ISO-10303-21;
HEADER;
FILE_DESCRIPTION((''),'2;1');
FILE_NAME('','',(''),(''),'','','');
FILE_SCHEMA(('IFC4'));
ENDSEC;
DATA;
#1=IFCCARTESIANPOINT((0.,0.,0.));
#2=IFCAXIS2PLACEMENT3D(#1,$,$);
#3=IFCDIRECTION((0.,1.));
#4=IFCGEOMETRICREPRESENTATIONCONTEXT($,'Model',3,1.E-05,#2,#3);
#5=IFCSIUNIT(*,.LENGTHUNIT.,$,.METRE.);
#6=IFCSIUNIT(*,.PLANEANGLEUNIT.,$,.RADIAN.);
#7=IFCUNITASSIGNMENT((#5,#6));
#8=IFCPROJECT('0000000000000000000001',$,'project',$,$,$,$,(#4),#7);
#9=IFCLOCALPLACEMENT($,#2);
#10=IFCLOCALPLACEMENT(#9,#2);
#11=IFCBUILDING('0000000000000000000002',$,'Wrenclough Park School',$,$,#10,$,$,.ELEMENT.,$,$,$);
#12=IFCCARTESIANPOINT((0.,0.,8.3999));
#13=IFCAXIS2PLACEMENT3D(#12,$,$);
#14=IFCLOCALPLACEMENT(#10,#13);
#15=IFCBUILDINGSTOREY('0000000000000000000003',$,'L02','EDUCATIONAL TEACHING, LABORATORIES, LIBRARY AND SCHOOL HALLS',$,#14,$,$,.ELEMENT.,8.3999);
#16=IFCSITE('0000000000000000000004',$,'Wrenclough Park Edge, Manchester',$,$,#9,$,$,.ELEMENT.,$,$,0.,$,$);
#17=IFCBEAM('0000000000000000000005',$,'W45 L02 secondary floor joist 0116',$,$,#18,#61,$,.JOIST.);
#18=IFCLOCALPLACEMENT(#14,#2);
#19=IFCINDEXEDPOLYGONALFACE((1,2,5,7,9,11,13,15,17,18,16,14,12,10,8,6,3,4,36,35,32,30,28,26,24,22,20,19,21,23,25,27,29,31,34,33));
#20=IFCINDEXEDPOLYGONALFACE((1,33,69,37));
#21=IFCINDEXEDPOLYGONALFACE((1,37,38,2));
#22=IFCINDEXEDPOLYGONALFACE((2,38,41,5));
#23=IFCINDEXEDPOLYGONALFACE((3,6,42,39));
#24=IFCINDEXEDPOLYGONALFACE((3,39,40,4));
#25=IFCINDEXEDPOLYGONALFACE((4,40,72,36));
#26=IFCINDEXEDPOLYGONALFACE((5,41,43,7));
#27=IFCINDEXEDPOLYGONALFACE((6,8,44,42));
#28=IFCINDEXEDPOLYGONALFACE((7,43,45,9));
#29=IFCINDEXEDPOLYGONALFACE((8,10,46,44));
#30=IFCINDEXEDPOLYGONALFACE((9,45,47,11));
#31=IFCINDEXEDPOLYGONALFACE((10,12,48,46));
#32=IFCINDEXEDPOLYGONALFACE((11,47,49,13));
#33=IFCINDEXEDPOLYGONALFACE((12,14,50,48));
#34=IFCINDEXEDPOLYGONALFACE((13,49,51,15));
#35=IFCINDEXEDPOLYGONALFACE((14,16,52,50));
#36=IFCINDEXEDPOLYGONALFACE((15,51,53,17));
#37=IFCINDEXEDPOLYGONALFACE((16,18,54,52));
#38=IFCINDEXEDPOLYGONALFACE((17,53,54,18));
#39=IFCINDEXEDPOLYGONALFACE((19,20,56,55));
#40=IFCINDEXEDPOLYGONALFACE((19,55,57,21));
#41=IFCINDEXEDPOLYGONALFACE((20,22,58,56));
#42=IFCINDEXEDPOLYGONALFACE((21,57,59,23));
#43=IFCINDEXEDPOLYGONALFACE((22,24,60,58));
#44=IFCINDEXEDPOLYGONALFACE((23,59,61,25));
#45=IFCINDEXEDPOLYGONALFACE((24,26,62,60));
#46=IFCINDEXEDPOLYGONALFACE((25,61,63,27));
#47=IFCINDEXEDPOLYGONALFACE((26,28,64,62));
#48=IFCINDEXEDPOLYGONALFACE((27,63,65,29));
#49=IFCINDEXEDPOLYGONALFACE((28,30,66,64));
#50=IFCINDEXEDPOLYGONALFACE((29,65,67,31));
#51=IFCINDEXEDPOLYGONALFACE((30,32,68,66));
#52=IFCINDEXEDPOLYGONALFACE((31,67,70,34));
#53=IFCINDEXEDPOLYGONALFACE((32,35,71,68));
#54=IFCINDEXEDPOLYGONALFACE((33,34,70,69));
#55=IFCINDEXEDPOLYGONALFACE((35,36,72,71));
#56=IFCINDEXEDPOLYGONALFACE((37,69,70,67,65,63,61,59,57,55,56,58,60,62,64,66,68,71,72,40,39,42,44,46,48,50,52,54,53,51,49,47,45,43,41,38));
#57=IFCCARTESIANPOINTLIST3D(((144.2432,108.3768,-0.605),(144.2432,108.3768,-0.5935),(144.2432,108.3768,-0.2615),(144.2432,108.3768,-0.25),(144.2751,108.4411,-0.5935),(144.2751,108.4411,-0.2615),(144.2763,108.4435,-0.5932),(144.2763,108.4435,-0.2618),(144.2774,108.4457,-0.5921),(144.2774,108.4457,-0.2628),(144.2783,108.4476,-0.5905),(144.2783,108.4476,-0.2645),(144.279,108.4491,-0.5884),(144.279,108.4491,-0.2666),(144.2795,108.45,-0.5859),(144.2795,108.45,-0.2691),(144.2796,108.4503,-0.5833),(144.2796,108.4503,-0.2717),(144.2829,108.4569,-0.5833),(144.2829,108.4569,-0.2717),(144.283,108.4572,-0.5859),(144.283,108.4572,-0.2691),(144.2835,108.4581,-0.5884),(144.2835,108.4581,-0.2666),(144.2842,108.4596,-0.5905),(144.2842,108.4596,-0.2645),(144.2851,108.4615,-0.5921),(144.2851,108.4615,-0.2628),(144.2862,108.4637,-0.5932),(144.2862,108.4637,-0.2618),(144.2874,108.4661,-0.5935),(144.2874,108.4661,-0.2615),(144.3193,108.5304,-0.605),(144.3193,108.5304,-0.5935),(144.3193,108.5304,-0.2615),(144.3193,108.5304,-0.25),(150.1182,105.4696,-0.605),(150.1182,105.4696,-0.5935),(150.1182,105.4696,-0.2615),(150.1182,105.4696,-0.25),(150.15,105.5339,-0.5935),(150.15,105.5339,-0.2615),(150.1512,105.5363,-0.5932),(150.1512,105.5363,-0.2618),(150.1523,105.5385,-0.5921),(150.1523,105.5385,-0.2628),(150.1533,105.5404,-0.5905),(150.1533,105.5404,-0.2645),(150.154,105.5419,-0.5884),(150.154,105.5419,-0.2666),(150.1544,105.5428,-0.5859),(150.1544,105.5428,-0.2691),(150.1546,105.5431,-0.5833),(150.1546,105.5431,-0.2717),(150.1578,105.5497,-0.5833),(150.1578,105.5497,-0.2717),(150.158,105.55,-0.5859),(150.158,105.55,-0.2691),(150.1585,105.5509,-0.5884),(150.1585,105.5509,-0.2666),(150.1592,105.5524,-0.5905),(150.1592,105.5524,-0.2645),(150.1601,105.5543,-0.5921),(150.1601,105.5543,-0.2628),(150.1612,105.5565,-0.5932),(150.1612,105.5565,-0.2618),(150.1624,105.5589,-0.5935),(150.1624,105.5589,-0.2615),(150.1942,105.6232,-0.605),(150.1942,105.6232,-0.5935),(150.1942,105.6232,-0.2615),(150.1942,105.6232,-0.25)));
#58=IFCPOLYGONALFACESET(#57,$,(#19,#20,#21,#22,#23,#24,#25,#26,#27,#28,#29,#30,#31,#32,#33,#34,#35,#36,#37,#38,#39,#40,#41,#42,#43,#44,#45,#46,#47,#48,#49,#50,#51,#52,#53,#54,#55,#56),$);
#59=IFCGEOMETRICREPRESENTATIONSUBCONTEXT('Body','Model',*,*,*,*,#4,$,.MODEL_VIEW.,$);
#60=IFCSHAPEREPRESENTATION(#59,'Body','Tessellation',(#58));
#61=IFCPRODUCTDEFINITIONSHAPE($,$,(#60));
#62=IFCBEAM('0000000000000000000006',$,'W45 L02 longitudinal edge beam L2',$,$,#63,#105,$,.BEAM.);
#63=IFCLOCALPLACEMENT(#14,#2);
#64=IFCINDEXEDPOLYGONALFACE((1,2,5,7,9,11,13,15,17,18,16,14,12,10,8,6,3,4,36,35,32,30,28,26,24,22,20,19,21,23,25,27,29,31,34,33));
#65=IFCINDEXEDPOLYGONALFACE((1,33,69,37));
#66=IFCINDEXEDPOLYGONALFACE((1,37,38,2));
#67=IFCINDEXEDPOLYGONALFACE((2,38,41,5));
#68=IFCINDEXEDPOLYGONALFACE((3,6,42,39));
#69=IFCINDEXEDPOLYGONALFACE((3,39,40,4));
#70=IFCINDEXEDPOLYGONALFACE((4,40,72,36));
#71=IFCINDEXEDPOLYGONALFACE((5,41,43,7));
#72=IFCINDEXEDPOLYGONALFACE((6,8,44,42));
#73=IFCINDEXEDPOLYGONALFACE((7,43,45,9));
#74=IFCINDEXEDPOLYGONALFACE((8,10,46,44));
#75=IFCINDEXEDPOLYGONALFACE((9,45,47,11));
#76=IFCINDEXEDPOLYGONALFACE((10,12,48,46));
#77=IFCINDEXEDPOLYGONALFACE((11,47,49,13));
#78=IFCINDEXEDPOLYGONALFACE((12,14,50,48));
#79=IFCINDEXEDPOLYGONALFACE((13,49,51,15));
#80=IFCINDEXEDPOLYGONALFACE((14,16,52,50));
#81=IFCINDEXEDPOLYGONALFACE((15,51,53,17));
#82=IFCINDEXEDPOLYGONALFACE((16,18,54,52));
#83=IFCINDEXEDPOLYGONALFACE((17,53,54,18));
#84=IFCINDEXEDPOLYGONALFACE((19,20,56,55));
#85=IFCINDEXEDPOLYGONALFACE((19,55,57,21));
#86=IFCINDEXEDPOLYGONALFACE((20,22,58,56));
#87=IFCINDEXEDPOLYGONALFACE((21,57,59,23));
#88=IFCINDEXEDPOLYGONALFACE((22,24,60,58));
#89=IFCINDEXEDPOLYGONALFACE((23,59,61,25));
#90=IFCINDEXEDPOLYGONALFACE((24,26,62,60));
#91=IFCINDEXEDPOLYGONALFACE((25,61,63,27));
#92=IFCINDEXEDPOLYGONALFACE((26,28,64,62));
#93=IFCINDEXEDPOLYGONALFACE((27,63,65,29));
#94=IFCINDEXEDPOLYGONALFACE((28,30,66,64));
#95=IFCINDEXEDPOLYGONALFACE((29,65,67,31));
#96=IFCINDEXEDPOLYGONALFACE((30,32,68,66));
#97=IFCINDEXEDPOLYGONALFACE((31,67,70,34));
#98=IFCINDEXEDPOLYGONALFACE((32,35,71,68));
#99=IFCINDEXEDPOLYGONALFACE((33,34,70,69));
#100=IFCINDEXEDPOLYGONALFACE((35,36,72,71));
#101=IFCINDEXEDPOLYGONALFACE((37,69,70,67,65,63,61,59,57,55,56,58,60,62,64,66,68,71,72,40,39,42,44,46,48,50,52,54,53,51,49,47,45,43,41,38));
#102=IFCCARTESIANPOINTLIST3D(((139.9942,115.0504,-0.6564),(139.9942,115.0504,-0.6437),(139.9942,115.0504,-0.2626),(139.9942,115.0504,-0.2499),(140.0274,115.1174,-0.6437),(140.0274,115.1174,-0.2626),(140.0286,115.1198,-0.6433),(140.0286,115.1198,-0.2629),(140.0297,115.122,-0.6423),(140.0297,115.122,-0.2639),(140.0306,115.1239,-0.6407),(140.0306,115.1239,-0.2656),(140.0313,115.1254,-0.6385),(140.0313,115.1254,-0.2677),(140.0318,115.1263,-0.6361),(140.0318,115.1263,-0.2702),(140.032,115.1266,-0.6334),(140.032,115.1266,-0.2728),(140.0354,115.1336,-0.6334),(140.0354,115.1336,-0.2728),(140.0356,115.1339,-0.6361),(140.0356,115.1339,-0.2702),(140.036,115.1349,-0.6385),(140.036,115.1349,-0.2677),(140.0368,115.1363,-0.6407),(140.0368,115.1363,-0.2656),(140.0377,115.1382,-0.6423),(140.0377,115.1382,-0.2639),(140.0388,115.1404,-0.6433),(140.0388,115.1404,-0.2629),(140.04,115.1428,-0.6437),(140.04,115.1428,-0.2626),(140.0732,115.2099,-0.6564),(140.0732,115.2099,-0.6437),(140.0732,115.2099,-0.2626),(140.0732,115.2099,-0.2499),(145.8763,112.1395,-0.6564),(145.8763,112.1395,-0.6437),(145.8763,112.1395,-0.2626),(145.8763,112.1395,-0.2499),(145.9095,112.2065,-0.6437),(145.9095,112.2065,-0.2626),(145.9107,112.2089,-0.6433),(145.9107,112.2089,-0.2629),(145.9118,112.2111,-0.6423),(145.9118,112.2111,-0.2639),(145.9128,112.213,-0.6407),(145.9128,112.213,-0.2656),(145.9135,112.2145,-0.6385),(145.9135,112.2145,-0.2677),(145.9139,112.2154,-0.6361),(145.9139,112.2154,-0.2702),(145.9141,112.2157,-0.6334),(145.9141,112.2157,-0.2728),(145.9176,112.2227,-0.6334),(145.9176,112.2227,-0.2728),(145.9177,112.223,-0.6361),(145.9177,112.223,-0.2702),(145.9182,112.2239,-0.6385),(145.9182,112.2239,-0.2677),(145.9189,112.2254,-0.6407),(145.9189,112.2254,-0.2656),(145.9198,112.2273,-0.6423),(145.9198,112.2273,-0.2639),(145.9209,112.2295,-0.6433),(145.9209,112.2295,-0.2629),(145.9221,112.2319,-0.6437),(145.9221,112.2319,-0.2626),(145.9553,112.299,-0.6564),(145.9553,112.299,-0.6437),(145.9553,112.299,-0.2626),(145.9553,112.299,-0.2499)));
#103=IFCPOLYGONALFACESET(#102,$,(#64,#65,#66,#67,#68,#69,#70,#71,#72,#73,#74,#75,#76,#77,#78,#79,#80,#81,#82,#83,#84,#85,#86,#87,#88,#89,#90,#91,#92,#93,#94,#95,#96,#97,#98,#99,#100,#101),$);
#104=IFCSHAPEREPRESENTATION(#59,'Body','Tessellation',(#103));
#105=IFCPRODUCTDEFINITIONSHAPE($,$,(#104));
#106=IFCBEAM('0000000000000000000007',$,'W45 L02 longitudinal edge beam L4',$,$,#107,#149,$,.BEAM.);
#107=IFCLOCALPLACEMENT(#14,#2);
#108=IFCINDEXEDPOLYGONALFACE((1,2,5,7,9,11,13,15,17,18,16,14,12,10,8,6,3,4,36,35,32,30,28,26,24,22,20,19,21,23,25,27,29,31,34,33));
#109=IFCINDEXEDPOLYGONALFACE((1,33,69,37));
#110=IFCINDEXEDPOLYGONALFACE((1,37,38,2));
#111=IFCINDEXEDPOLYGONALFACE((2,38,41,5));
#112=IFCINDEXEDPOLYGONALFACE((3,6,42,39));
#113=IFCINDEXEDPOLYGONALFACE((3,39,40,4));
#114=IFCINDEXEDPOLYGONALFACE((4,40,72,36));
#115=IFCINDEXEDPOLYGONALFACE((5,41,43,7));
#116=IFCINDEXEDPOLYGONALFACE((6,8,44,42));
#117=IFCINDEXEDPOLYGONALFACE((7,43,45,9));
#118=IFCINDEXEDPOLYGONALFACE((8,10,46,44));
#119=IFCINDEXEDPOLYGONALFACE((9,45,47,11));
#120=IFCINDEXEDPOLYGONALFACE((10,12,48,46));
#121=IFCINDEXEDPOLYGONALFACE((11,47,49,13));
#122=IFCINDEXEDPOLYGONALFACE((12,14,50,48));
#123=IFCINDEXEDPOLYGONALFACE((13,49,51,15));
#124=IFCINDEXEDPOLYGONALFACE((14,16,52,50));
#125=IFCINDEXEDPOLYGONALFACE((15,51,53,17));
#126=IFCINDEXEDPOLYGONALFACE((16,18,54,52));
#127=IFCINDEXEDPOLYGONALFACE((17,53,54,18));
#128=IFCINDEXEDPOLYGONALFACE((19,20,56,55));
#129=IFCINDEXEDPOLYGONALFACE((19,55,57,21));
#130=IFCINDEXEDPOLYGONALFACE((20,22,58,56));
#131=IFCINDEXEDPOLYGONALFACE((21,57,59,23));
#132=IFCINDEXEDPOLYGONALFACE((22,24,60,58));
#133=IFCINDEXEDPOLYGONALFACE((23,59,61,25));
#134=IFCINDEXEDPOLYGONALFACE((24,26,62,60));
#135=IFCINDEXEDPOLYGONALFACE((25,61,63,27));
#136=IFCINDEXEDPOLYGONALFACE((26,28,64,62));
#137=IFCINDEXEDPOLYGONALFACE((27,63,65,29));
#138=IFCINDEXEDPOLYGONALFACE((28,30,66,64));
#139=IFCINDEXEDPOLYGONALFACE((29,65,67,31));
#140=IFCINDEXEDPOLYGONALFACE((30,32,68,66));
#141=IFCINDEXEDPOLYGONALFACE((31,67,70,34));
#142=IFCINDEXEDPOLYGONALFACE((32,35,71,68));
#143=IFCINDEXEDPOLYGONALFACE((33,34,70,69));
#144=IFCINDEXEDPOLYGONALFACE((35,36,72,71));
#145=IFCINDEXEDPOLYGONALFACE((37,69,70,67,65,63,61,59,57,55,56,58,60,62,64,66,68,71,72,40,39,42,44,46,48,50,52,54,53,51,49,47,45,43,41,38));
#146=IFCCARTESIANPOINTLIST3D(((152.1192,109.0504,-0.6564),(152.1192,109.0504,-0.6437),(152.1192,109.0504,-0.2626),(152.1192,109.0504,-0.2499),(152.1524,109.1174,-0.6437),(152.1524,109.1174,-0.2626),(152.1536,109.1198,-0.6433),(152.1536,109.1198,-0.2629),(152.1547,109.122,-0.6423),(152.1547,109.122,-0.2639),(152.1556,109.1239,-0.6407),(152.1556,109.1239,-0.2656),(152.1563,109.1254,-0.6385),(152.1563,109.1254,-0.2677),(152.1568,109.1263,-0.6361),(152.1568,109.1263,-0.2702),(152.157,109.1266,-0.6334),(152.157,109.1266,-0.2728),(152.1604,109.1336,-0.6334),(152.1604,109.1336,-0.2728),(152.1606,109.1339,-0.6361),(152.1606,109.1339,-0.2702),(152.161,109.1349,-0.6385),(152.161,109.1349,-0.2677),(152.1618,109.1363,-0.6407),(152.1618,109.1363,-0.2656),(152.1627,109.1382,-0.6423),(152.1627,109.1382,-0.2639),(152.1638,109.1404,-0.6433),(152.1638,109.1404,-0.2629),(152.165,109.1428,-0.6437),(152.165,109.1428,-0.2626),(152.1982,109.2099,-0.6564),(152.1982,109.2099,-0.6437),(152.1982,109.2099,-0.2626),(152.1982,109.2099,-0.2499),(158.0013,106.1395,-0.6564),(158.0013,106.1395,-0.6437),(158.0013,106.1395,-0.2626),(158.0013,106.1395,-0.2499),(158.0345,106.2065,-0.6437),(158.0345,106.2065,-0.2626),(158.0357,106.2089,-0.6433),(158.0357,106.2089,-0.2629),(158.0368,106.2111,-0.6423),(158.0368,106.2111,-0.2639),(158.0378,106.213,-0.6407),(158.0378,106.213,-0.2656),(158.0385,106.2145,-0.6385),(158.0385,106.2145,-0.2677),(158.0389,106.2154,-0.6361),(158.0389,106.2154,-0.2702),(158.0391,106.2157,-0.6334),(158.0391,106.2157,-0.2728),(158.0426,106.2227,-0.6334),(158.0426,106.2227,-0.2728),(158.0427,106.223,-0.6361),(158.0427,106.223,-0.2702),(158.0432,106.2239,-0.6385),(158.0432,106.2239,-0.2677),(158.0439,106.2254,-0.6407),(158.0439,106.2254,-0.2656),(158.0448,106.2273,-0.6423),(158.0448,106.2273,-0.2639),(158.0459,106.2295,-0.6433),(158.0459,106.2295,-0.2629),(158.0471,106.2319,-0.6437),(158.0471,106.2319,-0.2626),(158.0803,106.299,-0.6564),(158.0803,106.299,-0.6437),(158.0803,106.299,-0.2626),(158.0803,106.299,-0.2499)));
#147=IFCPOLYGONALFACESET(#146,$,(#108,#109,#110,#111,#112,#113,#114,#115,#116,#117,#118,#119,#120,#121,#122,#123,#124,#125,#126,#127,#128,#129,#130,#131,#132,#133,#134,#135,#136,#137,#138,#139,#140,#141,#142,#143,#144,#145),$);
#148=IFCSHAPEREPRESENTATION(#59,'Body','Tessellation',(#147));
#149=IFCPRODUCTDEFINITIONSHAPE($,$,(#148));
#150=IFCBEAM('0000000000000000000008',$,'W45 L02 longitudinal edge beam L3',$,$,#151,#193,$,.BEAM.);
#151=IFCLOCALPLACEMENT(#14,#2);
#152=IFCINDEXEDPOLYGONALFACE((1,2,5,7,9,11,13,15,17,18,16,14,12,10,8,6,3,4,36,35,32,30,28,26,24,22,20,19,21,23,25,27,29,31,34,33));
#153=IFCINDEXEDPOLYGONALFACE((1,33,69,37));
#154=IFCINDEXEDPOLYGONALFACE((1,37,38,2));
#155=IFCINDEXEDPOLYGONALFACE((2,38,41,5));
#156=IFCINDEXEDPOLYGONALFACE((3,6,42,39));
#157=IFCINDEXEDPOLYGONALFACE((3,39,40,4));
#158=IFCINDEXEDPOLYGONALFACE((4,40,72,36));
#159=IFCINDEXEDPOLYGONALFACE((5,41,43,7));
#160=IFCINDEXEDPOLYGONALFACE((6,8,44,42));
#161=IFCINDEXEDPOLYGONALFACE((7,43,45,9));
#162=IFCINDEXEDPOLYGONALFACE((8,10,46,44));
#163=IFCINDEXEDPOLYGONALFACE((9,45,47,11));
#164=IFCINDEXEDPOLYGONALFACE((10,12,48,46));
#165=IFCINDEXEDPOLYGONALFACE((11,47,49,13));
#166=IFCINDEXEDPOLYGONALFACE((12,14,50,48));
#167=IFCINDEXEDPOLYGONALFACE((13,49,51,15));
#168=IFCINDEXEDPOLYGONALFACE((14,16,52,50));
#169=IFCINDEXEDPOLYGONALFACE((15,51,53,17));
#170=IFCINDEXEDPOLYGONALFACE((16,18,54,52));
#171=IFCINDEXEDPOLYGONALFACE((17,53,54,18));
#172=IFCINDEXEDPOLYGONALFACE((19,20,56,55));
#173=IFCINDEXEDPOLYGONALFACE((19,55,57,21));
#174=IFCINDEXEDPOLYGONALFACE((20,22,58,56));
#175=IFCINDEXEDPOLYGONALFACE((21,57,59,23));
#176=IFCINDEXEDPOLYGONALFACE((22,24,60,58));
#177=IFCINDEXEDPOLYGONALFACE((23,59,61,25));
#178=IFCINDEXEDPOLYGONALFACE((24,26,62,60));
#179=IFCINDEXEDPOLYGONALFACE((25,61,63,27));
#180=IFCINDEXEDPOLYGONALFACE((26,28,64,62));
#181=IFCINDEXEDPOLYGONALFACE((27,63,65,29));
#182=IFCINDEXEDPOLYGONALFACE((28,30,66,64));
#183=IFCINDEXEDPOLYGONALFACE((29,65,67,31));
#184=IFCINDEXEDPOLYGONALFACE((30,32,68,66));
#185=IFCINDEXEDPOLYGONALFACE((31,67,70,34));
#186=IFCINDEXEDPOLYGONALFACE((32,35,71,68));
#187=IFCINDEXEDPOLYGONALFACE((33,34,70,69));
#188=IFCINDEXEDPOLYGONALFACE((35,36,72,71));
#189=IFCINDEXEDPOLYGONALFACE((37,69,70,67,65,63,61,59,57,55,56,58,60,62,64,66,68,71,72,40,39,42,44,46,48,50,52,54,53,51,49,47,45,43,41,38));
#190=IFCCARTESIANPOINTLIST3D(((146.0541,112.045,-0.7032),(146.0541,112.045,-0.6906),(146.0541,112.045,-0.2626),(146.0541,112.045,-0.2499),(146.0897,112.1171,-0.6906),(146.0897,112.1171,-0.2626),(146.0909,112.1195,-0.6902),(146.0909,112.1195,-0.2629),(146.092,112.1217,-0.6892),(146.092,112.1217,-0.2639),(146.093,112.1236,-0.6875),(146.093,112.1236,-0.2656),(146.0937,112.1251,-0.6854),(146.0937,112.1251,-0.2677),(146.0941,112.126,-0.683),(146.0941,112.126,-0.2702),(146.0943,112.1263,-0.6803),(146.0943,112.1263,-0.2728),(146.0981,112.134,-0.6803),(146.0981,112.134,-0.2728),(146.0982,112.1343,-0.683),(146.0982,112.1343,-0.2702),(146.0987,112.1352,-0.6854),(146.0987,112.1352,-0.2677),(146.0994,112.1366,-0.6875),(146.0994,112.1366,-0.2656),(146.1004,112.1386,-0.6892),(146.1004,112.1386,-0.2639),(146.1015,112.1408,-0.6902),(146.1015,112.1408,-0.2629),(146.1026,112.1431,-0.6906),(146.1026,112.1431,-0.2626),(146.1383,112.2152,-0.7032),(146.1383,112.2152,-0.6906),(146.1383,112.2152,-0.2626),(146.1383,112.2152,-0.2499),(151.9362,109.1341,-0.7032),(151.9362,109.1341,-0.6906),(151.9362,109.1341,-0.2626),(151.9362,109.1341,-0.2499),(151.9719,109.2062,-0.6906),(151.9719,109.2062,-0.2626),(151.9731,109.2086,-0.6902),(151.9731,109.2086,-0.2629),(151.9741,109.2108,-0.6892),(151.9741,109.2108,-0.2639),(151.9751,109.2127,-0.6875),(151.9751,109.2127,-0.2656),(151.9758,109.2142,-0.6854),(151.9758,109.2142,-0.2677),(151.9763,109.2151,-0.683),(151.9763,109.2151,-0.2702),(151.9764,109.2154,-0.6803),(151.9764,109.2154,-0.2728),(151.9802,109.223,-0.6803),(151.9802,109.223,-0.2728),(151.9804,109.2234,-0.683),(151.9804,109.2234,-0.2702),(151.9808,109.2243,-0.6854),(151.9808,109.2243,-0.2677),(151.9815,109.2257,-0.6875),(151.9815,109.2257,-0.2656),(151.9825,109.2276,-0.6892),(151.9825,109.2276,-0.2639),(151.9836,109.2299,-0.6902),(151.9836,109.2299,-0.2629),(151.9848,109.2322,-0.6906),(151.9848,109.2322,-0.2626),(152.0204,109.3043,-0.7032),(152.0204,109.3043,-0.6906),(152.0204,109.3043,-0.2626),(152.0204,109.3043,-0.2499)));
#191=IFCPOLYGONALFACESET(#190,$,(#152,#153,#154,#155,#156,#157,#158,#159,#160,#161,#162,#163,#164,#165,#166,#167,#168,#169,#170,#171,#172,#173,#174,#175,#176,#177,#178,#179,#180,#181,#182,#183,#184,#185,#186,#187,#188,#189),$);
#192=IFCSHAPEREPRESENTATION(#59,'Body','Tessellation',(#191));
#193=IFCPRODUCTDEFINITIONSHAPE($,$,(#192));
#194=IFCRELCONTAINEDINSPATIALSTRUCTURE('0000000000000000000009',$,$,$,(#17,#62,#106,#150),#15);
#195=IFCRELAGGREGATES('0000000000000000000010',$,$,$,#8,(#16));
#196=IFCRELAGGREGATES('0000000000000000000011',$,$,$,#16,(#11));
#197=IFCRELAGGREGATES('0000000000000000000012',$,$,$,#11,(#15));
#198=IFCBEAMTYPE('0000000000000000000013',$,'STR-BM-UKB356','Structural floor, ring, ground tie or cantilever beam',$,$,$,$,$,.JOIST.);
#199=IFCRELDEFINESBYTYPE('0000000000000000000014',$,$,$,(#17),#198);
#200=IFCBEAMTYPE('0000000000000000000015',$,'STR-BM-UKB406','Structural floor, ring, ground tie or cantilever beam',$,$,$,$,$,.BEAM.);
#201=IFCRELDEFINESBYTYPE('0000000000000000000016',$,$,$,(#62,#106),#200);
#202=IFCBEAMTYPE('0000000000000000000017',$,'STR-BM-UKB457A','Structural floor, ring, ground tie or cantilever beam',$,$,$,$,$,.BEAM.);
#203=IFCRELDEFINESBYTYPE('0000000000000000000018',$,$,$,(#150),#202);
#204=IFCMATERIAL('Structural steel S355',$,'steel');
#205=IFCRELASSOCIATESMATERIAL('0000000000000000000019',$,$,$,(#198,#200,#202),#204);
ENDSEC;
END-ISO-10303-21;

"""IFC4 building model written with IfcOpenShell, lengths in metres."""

from ifc_helpers import new_model, si_unit, direction, frame, origin, origin_2d, place, context, subcontext, project, spatial, i_section, extrude, material, material_profile, profile_set, type_object, element, save


model = new_model("IFC4")

# Units and contexts
model_context = context("Model", 3, precision=1e-05, world=origin(), true_north=direction((0.0, 1.0)))
body_context = subcontext(model_context, "Body", "Model", "MODEL_VIEW")
ifc_project = project(units=[si_unit("LENGTHUNIT", "METRE"), si_unit("PLANEANGLEUNIT", "RADIAN")], contexts=[model_context])

# Site, building, storey
site_placement = place(None, origin())
site = spatial("IfcSite", under=ifc_project, at=site_placement, Name="Wrenclough Park Edge, Manchester", CompositionType="ELEMENT", RefElevation=0.0)
building_placement = place(site_placement, origin())
building = spatial("IfcBuilding", under=site, at=building_placement, Name="Wrenclough Park School", CompositionType="ELEMENT")
storey_placement = place(building_placement, frame((0.0, 0.0, 8.3999)))
storey = spatial("IfcBuildingStorey", under=building, at=storey_placement, Name="L02", Description="EDUCATIONAL TEACHING, LABORATORIES, LIBRARY AND SCHOOL HALLS", CompositionType="ELEMENT", Elevation=8.3999)

# Shared definitions
ifc_material_1 = material(Name="Structural steel S355", Category="steel")

# Beams
ifc_material_profile_1 = material_profile(ifc_material_1, i_section(OverallWidth=0.1714, OverallDepth=0.355, WebThickness=0.0073, FlangeThickness=0.0115, FilletRadius=0.0103, at=origin_2d()), Name="UKB 356x171x51")
ifc_profile_set_1 = profile_set([ifc_material_profile_1], Name="Structural steel S355")
beam_type_1 = type_object("IfcBeamType", Name="STR-BM-UKB356", Description="Structural floor, ring, ground tie or cantilever beam", PredefinedType="JOIST", material=ifc_profile_set_1)
beam_1_placement = place(storey_placement, frame((144.2812, 108.4536, -0.4275), z_axis=(0.896267, -0.443515, 0.0), x_axis=(0.443515, 0.896267, 0.0)))
element("IfcBeam", 1, at=beam_1_placement, inside=storey, type_object=beam_type_1, Name="W45 L02 secondary floor joist 0116", PredefinedType="JOIST", context=body_context, shape_type="SweptSolid", body=[
    extrude(i_section(OverallWidth=0.1714, OverallDepth=0.355, WebThickness=0.0073, FlangeThickness=0.0115, FilletRadius=0.0103, at=origin_2d()), origin(), (0.0, 0.0, 1.0), 6.5549),
])
ifc_material_profile_2 = material_profile(ifc_material_1, i_section(OverallWidth=0.178, OverallDepth=0.4065, WebThickness=0.0078, FlangeThickness=0.0127, FilletRadius=0.0103, at=origin_2d()), Name="UKB 406x178x60")
ifc_profile_set_2 = profile_set([ifc_material_profile_2], Name="Structural steel S355")
beam_type_2 = type_object("IfcBeamType", Name="STR-BM-UKB406", Description="Structural floor, ring, ground tie or cantilever beam", PredefinedType="BEAM", material=ifc_profile_set_2)
for number, where, z_axis, x_axis, name in (
    (2, (140.0337, 115.1301, -0.4531), (0.896257, -0.443534, 0.0), (0.443534, 0.896257, 0.0), "W45 L02 longitudinal edge beam L2"),
    (3, (152.1587, 109.1301, -0.4531), (0.896257, -0.443534, 0.0), (0.443534, 0.896257, 0.0), "W45 L02 longitudinal edge beam L4"),
):
    element("IfcBeam", number, at=place(storey_placement, frame(where, z_axis=z_axis, x_axis=x_axis)), inside=storey, type_object=beam_type_2, Name=name, PredefinedType="BEAM", context=body_context, shape_type="SweptSolid", body=[
        extrude(i_section(OverallWidth=0.178, OverallDepth=0.4065, WebThickness=0.0078, FlangeThickness=0.0127, FilletRadius=0.0103, at=origin_2d()), origin(), (0.0, 0.0, 1.0), 6.563),
    ])
ifc_material_profile_3 = material_profile(ifc_material_1, i_section(OverallWidth=0.1899, OverallDepth=0.4534, WebThickness=0.0085, FlangeThickness=0.0127, FilletRadius=0.0103, at=origin_2d()), Name="UKB 457x191x67")
ifc_profile_set_3 = profile_set([ifc_material_profile_3], Name="Structural steel S355")
beam_type_3 = type_object("IfcBeamType", Name="STR-BM-UKB457A", Description="Structural floor, ring, ground tie or cantilever beam", PredefinedType="BEAM", material=ifc_profile_set_3)
beam_2_placement = place(storey_placement, frame((146.0962, 112.1301, -0.4766), z_axis=(0.896257, -0.443534, 0.0), x_axis=(0.443534, 0.896257, 0.0)))
element("IfcBeam", 4, at=beam_2_placement, inside=storey, type_object=beam_type_3, Name="W45 L02 longitudinal edge beam L3", PredefinedType="BEAM", context=body_context, shape_type="SweptSolid", body=[
    extrude(i_section(OverallWidth=0.1899, OverallDepth=0.4534, WebThickness=0.0085, FlangeThickness=0.0127, FilletRadius=0.0103, at=origin_2d()), origin(), (0.0, 0.0, 1.0), 6.563),
])

save(model, "model.ifc")
